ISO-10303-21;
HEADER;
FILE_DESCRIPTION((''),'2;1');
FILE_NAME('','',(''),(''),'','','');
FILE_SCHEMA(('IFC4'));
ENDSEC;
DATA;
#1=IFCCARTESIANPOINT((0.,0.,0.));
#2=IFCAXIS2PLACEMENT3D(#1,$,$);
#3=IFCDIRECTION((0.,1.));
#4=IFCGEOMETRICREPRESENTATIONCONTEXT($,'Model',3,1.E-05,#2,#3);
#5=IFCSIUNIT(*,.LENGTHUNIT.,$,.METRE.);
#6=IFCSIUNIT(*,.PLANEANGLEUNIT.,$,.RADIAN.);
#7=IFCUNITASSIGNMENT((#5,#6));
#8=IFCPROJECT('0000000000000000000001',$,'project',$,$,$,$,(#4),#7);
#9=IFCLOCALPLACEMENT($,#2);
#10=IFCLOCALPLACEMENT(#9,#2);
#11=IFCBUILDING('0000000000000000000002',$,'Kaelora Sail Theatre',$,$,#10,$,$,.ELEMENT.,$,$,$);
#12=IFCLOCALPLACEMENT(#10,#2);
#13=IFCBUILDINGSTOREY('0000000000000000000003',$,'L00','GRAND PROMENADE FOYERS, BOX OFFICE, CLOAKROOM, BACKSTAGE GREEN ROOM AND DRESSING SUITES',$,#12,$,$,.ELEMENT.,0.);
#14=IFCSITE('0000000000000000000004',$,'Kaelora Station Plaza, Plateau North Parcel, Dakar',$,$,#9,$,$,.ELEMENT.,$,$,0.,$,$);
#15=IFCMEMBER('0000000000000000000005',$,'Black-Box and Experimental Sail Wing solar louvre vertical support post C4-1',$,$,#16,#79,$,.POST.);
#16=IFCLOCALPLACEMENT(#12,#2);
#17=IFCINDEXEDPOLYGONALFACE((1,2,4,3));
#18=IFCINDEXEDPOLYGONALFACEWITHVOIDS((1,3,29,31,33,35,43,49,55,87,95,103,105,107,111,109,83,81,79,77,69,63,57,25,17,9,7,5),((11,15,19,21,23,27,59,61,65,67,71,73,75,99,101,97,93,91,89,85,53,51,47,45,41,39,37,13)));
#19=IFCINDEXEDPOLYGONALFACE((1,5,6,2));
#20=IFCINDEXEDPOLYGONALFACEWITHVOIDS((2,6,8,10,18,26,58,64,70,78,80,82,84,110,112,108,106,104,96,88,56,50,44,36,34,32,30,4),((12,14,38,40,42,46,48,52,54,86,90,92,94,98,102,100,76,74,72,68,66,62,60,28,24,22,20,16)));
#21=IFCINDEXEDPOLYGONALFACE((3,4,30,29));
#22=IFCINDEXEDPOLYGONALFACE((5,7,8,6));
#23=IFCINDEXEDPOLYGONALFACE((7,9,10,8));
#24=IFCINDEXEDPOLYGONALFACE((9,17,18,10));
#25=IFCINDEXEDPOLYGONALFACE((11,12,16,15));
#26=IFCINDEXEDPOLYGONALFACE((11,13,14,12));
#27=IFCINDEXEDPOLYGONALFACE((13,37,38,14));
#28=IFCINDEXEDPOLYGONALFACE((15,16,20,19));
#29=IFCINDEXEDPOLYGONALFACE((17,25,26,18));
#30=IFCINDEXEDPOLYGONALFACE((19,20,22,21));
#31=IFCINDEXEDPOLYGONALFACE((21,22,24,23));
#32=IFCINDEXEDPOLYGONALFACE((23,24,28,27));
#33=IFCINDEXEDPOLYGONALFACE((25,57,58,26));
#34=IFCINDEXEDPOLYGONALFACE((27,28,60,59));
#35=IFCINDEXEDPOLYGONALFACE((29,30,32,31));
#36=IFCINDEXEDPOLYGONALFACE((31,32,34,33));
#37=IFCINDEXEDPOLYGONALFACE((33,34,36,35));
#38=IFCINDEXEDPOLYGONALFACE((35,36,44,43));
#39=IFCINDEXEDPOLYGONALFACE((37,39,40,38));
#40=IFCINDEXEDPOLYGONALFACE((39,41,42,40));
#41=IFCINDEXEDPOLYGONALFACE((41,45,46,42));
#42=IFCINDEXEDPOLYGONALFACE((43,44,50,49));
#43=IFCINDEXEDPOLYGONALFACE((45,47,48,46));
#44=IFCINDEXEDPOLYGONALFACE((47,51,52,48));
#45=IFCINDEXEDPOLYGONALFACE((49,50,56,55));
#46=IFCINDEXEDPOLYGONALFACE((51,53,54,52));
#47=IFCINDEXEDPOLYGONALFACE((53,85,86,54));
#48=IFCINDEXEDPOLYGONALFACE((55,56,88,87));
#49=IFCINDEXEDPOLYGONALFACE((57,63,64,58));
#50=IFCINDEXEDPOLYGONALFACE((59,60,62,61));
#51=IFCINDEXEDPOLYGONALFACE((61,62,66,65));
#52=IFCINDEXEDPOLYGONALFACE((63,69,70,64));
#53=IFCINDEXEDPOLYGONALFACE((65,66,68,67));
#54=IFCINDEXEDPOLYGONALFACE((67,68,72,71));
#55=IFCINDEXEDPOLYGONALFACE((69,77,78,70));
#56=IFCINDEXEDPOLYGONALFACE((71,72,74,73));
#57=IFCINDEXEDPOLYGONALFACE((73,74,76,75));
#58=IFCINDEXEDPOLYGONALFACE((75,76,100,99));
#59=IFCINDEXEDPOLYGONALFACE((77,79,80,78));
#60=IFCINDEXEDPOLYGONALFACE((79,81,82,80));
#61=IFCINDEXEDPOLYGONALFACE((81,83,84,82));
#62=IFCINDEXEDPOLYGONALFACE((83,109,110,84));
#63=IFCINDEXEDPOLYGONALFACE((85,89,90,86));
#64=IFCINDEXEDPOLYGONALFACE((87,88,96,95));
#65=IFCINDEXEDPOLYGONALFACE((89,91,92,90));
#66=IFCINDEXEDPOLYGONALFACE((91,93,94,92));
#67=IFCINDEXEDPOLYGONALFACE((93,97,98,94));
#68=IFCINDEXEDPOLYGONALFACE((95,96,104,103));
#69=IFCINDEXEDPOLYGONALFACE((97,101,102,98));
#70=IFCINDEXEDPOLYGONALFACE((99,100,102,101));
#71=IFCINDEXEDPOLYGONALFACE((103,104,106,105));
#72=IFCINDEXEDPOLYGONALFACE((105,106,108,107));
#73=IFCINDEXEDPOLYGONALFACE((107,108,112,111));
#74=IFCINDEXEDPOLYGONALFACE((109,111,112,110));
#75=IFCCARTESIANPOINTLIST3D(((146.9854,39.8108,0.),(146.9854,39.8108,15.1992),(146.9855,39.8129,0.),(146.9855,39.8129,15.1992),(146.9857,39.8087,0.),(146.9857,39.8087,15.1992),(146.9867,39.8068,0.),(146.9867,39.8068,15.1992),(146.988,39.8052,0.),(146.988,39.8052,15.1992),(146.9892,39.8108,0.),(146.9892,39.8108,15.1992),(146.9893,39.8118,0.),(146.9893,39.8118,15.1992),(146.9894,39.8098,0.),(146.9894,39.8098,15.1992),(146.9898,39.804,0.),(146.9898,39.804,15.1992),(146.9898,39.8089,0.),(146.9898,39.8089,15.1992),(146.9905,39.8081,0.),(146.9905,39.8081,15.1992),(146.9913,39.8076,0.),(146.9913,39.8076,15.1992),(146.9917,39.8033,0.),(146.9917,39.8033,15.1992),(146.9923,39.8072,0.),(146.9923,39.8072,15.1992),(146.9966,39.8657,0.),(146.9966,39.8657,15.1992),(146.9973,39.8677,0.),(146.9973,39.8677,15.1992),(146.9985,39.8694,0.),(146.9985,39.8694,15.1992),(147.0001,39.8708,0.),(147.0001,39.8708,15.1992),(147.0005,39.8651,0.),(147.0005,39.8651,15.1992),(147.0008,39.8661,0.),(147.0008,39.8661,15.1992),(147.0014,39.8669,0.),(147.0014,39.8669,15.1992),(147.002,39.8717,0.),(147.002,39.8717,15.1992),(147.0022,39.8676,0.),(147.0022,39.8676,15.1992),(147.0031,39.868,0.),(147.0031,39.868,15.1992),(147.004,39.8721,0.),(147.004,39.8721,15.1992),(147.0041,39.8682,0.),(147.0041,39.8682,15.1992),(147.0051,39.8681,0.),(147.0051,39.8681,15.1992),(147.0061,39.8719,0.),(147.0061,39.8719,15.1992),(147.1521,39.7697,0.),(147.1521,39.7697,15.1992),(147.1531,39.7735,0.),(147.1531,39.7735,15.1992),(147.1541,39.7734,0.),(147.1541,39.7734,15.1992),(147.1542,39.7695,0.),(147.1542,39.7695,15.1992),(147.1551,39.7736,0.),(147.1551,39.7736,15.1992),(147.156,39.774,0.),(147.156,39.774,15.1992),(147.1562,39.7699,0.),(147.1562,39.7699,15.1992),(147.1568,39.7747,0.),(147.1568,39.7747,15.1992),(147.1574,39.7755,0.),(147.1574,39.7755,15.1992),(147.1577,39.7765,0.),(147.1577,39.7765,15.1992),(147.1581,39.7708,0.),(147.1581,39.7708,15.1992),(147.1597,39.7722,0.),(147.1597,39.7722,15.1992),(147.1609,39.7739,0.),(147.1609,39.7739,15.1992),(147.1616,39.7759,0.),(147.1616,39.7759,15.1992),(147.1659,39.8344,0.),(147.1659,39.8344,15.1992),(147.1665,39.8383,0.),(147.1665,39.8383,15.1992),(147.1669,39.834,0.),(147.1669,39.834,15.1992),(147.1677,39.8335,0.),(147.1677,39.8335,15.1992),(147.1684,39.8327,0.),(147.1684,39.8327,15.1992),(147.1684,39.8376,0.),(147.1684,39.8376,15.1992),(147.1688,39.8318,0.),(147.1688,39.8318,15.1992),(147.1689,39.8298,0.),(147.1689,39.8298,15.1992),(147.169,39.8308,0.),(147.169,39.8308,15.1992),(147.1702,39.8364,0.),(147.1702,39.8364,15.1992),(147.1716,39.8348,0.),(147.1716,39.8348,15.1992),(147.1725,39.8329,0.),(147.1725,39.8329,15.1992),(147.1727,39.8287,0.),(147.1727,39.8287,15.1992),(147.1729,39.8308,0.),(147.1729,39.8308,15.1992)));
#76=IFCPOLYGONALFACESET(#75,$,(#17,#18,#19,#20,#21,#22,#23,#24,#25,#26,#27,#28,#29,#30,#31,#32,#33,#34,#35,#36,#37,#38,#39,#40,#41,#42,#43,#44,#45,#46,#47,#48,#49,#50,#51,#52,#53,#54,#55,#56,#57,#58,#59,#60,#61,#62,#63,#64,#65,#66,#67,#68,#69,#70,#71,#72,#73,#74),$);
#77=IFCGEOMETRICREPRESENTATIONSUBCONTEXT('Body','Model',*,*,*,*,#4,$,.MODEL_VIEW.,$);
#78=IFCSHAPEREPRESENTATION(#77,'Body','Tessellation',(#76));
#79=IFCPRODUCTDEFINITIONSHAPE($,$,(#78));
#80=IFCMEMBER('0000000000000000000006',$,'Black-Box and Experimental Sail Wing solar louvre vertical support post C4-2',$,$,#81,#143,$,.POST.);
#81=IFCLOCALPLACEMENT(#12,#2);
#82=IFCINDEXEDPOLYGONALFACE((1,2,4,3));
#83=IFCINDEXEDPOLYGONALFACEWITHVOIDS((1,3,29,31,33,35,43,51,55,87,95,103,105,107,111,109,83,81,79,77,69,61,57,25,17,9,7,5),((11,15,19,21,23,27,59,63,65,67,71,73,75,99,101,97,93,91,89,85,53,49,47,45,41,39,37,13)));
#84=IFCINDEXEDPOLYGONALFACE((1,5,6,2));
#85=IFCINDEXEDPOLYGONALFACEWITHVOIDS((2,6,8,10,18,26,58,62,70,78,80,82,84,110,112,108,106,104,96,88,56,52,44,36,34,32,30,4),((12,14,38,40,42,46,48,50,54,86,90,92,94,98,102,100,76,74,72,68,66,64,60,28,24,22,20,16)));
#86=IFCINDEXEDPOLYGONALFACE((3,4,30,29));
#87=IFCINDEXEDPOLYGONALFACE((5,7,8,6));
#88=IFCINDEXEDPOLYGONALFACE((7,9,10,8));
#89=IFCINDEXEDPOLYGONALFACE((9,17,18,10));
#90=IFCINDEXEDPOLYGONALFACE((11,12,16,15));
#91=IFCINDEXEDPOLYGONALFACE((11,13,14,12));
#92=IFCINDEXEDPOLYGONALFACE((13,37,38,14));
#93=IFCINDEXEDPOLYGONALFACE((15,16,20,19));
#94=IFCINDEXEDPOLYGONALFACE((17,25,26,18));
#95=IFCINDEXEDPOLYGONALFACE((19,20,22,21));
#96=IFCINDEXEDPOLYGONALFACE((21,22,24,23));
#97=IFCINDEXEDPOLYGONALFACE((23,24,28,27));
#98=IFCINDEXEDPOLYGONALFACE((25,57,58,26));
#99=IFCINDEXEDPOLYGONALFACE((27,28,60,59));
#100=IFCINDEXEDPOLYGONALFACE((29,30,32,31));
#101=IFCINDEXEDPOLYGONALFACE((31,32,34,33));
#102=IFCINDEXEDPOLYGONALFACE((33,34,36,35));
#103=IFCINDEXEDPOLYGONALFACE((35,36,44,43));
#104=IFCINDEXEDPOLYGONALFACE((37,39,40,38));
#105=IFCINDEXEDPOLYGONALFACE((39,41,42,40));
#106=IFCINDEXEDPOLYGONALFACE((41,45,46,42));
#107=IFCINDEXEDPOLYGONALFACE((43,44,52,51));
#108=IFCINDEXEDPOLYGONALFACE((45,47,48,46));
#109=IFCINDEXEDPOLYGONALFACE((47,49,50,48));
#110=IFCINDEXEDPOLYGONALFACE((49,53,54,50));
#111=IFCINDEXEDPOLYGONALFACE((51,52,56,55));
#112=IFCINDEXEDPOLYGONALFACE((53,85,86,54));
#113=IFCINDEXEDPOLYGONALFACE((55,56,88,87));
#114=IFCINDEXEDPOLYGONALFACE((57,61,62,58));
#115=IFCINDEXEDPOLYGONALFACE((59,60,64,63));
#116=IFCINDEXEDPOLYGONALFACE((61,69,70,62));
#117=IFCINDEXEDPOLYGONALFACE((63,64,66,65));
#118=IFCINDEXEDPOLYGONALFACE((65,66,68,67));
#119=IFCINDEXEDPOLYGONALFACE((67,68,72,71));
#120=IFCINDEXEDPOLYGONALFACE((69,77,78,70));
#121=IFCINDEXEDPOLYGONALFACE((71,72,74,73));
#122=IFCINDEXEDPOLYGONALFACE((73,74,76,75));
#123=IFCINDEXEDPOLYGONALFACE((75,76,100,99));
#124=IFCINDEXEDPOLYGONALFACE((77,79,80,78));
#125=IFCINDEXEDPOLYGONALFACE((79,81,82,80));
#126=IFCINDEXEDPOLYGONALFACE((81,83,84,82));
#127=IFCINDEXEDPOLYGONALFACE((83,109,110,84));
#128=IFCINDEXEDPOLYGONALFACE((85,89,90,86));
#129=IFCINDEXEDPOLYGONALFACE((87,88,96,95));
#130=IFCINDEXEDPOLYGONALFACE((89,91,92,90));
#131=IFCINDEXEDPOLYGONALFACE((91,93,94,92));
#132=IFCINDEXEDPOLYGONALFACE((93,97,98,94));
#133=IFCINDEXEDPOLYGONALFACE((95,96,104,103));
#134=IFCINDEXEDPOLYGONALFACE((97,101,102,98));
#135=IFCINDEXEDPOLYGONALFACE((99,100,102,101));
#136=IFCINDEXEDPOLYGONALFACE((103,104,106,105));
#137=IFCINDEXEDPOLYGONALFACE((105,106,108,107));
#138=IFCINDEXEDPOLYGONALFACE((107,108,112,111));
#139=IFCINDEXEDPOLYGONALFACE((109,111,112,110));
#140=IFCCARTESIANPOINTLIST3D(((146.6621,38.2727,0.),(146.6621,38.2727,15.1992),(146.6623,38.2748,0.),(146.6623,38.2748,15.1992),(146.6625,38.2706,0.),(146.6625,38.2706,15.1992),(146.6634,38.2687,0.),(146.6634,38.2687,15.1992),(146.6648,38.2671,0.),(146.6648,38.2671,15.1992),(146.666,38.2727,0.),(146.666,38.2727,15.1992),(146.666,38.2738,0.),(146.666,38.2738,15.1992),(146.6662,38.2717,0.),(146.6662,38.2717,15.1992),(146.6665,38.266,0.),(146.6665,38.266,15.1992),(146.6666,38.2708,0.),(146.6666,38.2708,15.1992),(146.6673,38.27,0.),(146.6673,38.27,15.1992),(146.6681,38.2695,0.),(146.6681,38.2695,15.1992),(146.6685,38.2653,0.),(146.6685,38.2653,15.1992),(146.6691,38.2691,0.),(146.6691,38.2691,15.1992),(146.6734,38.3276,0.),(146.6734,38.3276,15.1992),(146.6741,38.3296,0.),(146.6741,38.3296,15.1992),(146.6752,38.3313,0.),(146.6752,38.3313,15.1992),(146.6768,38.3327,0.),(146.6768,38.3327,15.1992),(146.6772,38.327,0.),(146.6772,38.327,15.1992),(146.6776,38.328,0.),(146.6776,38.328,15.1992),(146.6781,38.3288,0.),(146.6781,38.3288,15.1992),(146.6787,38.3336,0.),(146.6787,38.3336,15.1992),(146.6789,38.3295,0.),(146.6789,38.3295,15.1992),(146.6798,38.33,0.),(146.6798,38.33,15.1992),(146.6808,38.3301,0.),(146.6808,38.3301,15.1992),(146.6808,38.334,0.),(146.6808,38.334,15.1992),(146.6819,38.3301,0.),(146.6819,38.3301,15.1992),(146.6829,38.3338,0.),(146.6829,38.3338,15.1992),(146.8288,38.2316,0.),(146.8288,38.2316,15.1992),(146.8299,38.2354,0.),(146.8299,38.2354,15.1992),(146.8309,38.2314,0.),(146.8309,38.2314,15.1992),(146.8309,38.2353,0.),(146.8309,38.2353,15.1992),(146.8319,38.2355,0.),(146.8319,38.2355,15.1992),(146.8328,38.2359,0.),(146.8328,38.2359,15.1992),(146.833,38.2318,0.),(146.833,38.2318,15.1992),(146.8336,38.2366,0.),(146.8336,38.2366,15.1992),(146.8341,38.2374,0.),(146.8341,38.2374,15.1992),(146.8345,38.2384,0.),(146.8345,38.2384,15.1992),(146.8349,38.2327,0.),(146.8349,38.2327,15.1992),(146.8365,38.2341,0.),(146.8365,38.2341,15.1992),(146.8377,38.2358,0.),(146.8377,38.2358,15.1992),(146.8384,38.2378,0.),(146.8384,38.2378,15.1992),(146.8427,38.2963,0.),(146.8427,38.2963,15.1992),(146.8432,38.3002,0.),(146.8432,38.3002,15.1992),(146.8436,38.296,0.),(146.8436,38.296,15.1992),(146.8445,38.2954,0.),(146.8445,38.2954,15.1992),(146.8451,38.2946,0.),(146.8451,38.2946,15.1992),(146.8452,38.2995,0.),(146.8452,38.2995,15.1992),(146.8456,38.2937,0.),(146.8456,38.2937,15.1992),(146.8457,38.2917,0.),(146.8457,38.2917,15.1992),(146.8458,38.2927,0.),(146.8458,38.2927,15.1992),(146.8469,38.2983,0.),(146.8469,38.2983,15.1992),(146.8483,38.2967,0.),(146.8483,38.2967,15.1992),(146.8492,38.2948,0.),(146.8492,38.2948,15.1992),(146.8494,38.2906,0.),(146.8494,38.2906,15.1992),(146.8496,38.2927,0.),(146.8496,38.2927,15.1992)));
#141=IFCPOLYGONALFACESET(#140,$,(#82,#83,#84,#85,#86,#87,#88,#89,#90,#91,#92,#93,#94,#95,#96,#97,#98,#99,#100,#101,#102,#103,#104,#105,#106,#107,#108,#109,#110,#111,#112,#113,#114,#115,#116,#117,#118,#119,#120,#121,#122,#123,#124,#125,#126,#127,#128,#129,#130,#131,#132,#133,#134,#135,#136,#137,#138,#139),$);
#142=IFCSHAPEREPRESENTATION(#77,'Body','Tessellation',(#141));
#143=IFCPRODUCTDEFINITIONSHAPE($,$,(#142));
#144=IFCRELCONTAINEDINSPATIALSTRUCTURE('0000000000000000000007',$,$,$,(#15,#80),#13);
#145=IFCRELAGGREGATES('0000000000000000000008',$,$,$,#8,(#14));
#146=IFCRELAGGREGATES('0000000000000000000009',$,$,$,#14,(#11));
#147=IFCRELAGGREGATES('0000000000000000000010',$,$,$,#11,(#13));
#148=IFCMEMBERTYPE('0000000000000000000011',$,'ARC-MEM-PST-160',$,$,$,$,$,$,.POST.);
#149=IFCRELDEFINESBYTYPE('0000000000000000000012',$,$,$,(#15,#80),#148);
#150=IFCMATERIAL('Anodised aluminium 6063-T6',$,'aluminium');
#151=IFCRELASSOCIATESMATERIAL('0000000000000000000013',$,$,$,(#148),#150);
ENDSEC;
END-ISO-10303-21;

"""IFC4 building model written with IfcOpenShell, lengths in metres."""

from ifc_helpers import new_model, si_unit, direction, frame, origin, origin_2d, place, context, subcontext, project, spatial, hollow_rectangle, extrude, material, material_profile, profile_set, type_object, element, save


model = new_model("IFC4")

# Units and contexts
model_context = context("Model", 3, precision=1e-05, world=origin(), true_north=direction((0.0, 1.0)))
body_context = subcontext(model_context, "Body", "Model", "MODEL_VIEW")
ifc_project = project(units=[si_unit("LENGTHUNIT", "METRE"), si_unit("PLANEANGLEUNIT", "RADIAN")], contexts=[model_context])

# Site, building, storey
site_placement = place(None, origin())
site = spatial("IfcSite", under=ifc_project, at=site_placement, Name="Kaelora Station Plaza, Plateau North Parcel, Dakar", CompositionType="ELEMENT", RefElevation=0.0)
building_placement = place(site_placement, origin())
building = spatial("IfcBuilding", under=site, at=building_placement, Name="Kaelora Sail Theatre", CompositionType="ELEMENT")
storey_placement = place(building_placement, origin())
storey = spatial("IfcBuildingStorey", under=building, at=storey_placement, Name="L00", Description="GRAND PROMENADE FOYERS, BOX OFFICE, CLOAKROOM, BACKSTAGE GREEN ROOM AND DRESSING SUITES", CompositionType="ELEMENT", Elevation=0.0)

# Members
ifc_material_1 = material(Name="Anodised aluminium 6063-T6", Category="aluminium")
ifc_material_profile_1 = material_profile(ifc_material_1, hollow_rectangle(XDim=0.0701, YDim=0.1799, WallThickness=0.0039, InnerFilletRadius=0.0039, OuterFilletRadius=0.0081, at=origin_2d()), Name="ALU-MULL 70x180x4")
ifc_profile_set_1 = profile_set([ifc_material_profile_1], Name="Anodised aluminium 6063-T6")
member_type_1 = type_object("IfcMemberType", Name="ARC-MEM-PST-160", PredefinedType="POST", material=ifc_profile_set_1)
for number, where, z_axis, x_axis, name in (
    (1, (147.0791, 39.8208, 0.0), (0.0, 0.0, 1.0), (-0.205521, -0.978653, 0.0), "Black-Box and Experimental Sail Wing solar louvre vertical support post C4-1"),
    (2, (146.7559, 38.2827, 0.0), (0.0, 0.0, 1.0), (-0.205521, -0.978653, 0.0), "Black-Box and Experimental Sail Wing solar louvre vertical support post C4-2"),
):
    element("IfcMember", number, at=place(storey_placement, frame(where, z_axis=z_axis, x_axis=x_axis)), inside=storey, type_object=member_type_1, Name=name, PredefinedType="POST", context=body_context, shape_type="SweptSolid", body=[
        extrude(hollow_rectangle(XDim=0.0701, YDim=0.1799, WallThickness=0.0039, InnerFilletRadius=0.0039, OuterFilletRadius=0.0081, at=origin_2d()), origin(), (0.0, 0.0, 1.0), 15.1992),
    ])

save(model, "model.ifc")
